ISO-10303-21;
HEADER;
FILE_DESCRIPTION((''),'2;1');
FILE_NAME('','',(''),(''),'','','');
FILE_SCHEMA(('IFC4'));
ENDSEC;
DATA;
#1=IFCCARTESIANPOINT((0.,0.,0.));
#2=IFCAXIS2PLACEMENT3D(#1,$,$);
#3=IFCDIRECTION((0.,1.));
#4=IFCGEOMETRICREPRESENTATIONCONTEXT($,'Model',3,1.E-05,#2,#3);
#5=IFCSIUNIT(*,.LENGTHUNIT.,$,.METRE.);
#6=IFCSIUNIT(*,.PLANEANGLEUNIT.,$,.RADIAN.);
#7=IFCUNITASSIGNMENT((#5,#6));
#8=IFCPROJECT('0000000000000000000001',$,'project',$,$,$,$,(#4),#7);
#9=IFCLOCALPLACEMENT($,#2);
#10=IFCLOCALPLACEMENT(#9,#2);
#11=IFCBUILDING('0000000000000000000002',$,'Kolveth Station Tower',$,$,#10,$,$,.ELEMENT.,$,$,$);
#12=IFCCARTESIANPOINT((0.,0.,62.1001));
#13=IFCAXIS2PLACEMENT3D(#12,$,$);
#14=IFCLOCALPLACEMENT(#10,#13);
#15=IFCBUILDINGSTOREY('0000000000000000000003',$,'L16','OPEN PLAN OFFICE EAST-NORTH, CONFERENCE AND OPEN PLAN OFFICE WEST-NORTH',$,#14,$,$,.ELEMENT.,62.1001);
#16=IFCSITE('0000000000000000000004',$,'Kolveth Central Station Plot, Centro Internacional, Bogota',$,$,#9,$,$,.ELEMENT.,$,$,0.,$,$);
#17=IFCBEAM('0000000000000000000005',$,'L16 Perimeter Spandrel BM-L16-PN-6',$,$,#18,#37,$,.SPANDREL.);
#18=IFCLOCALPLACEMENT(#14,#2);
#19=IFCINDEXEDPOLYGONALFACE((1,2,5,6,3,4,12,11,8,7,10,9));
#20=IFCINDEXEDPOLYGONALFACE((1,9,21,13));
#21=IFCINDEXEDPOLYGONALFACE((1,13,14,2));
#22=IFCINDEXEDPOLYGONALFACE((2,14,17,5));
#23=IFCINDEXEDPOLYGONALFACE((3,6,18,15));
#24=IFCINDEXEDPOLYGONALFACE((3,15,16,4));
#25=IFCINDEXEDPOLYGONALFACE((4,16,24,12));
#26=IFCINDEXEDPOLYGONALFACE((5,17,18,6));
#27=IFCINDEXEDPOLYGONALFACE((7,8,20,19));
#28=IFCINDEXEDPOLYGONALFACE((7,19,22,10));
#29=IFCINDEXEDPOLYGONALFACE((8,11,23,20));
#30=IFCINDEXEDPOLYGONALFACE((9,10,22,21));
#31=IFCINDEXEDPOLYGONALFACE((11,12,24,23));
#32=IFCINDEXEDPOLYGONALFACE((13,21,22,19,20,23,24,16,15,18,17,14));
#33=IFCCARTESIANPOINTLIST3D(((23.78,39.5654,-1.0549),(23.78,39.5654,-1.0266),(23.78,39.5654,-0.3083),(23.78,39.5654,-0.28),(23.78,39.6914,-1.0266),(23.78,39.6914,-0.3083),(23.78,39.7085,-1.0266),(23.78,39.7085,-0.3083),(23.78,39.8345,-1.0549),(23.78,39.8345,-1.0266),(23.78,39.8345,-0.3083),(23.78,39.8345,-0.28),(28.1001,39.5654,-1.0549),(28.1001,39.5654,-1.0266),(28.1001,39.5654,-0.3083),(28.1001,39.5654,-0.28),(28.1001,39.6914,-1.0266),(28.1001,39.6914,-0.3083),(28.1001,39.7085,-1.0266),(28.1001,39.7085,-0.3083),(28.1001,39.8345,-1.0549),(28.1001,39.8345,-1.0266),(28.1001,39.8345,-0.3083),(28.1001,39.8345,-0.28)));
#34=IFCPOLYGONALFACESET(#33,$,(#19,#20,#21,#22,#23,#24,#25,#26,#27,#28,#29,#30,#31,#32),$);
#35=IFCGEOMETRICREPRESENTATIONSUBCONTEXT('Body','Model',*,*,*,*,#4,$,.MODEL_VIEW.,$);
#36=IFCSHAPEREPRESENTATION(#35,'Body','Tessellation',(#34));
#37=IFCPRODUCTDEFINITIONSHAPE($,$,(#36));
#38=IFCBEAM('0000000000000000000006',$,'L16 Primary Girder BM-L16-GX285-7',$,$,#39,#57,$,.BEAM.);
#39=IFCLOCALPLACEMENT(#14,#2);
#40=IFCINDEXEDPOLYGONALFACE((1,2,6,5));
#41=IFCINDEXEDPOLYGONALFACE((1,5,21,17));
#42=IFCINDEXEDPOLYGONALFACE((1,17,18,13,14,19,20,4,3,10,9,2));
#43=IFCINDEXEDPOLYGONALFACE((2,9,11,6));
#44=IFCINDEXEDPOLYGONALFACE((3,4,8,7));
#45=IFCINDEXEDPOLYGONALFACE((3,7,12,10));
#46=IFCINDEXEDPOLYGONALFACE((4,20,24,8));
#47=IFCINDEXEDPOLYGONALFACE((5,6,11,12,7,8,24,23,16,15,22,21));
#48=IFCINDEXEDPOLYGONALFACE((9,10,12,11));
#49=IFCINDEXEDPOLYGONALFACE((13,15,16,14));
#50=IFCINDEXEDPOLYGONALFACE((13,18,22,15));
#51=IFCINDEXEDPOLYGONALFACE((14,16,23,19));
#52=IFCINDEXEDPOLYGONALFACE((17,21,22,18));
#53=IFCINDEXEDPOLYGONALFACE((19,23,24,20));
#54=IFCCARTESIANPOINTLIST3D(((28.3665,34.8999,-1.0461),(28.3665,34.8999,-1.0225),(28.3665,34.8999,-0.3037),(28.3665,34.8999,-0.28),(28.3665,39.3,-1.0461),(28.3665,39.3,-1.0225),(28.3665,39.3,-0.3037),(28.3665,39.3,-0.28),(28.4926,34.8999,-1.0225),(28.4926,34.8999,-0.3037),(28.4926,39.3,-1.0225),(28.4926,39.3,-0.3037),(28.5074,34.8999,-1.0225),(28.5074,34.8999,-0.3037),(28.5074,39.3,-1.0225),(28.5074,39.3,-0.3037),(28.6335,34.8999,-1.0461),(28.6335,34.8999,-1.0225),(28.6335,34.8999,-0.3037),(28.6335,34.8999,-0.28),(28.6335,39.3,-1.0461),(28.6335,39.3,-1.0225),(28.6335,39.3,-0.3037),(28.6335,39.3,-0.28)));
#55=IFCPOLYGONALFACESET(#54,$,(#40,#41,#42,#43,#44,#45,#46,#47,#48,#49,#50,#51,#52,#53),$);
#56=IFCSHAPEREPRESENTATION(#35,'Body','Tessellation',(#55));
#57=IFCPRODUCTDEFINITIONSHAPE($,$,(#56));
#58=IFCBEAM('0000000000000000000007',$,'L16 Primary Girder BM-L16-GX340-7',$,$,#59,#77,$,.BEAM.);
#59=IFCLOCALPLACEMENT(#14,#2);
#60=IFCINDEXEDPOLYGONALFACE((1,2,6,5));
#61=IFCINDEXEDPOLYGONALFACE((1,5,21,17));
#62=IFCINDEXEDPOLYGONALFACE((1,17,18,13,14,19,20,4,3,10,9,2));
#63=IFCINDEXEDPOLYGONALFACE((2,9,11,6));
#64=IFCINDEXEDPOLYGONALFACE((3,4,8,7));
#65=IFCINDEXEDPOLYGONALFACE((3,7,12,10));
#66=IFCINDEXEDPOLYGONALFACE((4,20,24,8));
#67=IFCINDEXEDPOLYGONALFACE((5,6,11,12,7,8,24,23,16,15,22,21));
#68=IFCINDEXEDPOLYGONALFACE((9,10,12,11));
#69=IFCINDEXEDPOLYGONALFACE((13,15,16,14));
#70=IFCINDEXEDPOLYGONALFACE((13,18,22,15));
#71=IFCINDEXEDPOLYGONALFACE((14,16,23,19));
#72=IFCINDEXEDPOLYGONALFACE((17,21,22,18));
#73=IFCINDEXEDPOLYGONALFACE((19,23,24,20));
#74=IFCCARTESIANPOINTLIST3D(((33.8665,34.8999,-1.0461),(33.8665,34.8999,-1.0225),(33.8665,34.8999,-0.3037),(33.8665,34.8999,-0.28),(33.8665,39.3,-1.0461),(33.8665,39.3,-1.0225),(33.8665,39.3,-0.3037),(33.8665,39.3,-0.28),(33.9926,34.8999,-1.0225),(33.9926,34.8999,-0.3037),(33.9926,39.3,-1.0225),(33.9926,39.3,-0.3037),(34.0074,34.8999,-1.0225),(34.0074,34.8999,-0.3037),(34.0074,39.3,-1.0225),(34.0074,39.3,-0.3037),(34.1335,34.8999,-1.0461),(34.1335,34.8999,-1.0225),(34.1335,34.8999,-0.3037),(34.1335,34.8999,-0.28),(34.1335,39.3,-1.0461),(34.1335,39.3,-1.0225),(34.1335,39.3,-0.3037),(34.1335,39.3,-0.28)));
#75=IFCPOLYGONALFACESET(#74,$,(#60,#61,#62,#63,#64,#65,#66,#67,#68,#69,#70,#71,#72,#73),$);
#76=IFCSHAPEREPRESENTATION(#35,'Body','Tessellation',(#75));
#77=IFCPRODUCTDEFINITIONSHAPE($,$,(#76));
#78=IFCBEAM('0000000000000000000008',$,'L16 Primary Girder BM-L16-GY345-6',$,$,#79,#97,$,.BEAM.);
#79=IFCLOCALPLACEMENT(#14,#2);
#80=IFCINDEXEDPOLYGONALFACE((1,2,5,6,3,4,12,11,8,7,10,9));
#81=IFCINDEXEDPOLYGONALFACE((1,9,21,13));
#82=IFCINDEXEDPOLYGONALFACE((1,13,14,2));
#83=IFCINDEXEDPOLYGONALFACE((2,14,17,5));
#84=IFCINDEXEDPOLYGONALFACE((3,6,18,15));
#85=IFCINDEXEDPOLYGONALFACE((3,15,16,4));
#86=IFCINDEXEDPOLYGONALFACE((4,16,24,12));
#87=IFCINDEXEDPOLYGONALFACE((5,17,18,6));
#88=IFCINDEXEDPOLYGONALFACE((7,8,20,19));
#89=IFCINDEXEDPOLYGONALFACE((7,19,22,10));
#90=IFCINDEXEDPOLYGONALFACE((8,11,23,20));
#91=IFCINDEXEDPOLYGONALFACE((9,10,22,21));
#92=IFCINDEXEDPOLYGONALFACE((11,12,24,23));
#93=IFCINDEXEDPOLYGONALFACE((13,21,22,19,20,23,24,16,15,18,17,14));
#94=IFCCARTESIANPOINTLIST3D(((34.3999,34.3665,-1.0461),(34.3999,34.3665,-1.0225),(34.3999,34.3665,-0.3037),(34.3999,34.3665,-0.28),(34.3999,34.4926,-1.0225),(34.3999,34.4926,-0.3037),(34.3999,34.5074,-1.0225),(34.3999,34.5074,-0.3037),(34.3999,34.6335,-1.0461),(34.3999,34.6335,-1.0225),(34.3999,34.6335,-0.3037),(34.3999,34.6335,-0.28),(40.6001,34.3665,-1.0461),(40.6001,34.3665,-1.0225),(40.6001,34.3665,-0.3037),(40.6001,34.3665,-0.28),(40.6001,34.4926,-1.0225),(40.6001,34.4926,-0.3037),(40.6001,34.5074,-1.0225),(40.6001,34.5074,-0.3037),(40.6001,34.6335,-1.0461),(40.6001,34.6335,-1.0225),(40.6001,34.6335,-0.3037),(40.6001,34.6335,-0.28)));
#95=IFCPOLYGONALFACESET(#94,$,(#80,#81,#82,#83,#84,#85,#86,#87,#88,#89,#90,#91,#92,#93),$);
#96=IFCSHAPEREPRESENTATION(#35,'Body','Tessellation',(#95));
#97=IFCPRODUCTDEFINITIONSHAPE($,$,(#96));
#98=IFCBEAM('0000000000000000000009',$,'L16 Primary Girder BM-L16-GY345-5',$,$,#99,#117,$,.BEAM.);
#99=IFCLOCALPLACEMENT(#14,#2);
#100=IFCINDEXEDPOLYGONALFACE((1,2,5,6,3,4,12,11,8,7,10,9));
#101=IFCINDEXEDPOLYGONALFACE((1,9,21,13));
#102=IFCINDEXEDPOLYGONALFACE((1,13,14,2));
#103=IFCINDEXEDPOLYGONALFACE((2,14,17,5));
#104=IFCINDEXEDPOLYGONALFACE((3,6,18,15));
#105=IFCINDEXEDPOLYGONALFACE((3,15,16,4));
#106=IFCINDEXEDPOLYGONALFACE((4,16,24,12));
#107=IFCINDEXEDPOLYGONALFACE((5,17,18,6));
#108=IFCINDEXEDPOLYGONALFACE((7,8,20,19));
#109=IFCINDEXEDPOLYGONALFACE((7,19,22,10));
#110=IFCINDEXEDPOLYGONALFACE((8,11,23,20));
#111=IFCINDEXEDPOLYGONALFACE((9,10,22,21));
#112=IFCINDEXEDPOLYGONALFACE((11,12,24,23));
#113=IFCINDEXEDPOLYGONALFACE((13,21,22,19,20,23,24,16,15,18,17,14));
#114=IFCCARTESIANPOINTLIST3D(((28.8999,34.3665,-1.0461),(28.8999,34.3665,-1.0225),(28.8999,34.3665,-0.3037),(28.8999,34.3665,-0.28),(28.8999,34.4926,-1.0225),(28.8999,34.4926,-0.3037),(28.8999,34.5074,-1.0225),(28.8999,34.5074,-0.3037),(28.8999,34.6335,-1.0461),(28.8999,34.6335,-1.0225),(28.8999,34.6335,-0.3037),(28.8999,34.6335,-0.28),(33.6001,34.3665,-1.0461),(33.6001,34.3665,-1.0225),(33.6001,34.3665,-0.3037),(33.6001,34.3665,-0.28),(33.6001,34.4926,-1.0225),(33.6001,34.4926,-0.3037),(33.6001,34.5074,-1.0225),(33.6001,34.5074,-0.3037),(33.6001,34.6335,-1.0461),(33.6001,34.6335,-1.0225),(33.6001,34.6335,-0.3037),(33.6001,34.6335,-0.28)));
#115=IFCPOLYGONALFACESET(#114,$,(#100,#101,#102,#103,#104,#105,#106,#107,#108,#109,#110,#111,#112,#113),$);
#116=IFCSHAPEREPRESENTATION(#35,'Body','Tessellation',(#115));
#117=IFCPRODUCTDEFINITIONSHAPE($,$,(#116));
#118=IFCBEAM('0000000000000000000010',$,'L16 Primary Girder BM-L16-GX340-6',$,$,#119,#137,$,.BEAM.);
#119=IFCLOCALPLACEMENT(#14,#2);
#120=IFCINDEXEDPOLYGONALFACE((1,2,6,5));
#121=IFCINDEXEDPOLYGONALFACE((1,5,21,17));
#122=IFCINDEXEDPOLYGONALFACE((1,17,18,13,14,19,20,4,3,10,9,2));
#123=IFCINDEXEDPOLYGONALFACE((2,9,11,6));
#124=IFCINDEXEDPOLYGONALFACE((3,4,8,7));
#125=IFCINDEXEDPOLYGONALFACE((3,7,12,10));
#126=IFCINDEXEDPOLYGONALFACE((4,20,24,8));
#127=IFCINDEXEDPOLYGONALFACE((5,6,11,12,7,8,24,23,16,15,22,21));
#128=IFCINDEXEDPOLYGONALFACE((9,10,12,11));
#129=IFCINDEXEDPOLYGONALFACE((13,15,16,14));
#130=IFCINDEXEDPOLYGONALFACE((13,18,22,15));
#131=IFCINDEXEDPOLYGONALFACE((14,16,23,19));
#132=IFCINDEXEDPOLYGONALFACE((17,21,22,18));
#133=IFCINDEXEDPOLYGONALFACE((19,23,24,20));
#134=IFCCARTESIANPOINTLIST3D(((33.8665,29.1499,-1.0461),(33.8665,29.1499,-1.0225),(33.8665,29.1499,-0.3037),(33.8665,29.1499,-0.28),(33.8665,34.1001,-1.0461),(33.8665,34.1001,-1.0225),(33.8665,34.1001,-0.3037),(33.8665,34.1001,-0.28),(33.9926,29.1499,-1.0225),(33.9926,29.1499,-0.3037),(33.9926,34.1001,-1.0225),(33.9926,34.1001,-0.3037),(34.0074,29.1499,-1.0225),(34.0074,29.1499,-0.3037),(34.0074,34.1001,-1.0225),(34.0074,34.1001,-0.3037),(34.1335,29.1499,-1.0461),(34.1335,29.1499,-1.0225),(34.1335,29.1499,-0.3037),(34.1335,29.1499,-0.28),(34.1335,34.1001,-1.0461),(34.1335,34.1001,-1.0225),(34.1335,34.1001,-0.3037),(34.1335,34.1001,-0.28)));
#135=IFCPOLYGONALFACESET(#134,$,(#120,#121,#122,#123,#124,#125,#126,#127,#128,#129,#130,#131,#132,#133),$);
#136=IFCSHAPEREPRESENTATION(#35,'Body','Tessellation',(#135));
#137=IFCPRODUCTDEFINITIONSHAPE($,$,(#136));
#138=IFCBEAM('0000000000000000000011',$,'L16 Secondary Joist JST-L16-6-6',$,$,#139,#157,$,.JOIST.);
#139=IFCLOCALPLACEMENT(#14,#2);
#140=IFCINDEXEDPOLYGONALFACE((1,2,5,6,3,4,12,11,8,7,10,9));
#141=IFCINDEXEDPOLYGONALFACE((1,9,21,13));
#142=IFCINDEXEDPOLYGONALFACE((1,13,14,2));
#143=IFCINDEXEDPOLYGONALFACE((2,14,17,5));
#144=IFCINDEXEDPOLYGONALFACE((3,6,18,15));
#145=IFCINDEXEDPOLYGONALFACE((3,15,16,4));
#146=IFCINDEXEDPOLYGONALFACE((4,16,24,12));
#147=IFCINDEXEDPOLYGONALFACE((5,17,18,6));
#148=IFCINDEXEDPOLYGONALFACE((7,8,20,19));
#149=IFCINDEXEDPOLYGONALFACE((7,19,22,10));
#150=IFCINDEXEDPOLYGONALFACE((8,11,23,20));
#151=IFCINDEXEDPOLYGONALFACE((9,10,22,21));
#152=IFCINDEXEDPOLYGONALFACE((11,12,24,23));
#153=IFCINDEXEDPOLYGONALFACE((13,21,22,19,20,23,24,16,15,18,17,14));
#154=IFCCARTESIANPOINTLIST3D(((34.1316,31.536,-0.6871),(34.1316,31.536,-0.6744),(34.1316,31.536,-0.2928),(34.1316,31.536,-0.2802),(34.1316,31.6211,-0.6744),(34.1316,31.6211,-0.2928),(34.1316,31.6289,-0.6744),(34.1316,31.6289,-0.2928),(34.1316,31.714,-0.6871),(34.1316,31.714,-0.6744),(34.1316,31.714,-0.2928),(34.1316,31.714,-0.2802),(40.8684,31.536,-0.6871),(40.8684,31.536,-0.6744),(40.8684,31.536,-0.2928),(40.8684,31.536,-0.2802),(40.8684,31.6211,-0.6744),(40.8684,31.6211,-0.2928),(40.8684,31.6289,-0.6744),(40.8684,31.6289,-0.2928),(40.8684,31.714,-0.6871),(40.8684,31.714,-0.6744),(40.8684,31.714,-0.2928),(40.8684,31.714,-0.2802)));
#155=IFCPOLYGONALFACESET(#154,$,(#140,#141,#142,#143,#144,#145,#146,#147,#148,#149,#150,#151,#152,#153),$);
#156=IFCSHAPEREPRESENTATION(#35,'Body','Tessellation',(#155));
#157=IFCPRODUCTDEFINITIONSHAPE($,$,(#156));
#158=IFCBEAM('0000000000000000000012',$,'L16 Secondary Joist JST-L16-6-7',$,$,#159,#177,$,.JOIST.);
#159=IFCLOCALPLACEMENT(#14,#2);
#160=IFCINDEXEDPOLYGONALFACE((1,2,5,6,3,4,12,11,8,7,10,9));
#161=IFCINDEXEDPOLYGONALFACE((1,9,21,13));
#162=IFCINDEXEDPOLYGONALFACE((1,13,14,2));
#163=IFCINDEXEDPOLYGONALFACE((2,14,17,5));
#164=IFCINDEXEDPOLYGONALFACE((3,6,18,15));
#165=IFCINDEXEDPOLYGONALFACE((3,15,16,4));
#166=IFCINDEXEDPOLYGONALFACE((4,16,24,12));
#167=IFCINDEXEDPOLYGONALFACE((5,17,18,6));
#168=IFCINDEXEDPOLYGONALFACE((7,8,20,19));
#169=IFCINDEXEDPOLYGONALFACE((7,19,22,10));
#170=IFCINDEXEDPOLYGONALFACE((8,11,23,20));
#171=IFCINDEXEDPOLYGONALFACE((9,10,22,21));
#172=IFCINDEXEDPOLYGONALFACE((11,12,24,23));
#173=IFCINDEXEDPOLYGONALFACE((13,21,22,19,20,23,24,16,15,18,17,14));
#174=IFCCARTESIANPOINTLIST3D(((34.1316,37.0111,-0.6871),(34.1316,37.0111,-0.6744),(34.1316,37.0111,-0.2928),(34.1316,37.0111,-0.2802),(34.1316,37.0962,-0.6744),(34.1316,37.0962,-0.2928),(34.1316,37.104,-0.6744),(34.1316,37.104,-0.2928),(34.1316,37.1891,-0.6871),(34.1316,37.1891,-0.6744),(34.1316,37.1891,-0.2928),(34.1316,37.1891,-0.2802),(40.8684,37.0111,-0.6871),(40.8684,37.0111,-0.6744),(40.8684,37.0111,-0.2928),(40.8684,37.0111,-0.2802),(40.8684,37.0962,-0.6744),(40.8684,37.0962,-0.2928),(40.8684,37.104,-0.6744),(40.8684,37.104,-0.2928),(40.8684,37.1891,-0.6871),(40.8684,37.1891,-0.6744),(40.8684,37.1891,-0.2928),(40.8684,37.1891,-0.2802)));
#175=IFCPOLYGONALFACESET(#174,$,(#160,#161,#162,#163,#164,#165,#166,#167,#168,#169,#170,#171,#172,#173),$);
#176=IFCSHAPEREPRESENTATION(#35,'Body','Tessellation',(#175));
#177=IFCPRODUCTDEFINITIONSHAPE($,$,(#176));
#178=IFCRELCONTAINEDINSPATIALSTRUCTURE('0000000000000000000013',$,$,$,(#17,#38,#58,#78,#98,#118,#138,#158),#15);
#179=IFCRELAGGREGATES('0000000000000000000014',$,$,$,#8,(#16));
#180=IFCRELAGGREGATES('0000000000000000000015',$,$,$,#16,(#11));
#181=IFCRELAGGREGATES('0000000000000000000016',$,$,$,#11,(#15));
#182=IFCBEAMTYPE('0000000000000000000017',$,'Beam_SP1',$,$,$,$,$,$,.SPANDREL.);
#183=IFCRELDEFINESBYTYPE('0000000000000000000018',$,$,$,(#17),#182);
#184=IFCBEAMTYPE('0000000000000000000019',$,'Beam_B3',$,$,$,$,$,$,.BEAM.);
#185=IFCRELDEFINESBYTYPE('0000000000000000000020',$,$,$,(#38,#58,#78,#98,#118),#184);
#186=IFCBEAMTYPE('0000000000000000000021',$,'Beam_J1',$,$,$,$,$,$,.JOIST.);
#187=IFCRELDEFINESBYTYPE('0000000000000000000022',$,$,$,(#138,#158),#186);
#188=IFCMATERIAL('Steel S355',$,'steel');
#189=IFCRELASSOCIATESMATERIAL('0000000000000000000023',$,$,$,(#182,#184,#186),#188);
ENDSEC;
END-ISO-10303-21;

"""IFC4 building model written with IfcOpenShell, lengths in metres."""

from ifc_helpers import new_model, si_unit, direction, frame, origin, origin_2d, place, context, subcontext, project, spatial, i_section, extrude, source, transform, mapped, material, material_profile, profile_set, type_object, element, save


model = new_model("IFC4")

# Units and contexts
model_context = context("Model", 3, precision=1e-05, world=origin(), true_north=direction((0.0, 1.0)))
body_context = subcontext(model_context, "Body", "Model", "MODEL_VIEW")
ifc_project = project(units=[si_unit("LENGTHUNIT", "METRE"), si_unit("PLANEANGLEUNIT", "RADIAN")], contexts=[model_context])

# Site, building, storey
site_placement = place(None, origin())
site = spatial("IfcSite", under=ifc_project, at=site_placement, Name="Kolveth Central Station Plot, Centro Internacional, Bogota", CompositionType="ELEMENT", RefElevation=0.0)
building_placement = place(site_placement, origin())
building = spatial("IfcBuilding", under=site, at=building_placement, Name="Kolveth Station Tower", CompositionType="ELEMENT")
storey_placement = place(building_placement, frame((0.0, 0.0, 62.1001)))
storey = spatial("IfcBuildingStorey", under=building, at=storey_placement, Name="L16", Description="OPEN PLAN OFFICE EAST-NORTH, CONFERENCE AND OPEN PLAN OFFICE WEST-NORTH", CompositionType="ELEMENT", Elevation=62.1001)

# Shared definitions
ifc_material_1 = material(Name="Steel S355", Category="steel")

# Beams
ifc_material_profile_1 = material_profile(ifc_material_1, i_section(OverallWidth=0.269, OverallDepth=0.7749, WebThickness=0.0171, FlangeThickness=0.0283, at=origin_2d()), Name="W760x220")
ifc_profile_set_1 = profile_set([ifc_material_profile_1], Name="Steel S355")
beam_type_1 = type_object("IfcBeamType", Name="Beam_SP1", PredefinedType="SPANDREL", material=ifc_profile_set_1)
shared_shape_1 = source(origin(), body_context, "Body", "SweptSolid", [
    extrude(i_section(OverallWidth=0.269, OverallDepth=0.7749, WebThickness=0.0171, FlangeThickness=0.0283, at=origin_2d()), origin(), (0.0, 0.0, 1.0), 4.3201),
])
beam_1_placement = place(storey_placement, frame((23.78, 39.7, -0.6675), z_axis=(1.0, 0.0, 0.0), x_axis=(0.0, 1.0, 0.0)))
element("IfcBeam", 1, at=beam_1_placement, inside=storey, type_object=beam_type_1, Name="L16 Perimeter Spandrel BM-L16-PN-6", PredefinedType="SPANDREL", context=body_context, shape_type="MappedRepresentation", body=[
    mapped(shared_shape_1, transform((0.0, 0.0, 0.0), x_axis=(1.0, 0.0, 0.0), y_axis=(0.0, 1.0, 0.0), z_axis=(0.0, 0.0, 1.0), scale=1.0)),
])
ifc_material_profile_2 = material_profile(ifc_material_1, i_section(OverallWidth=0.2671, OverallDepth=0.7661, WebThickness=0.0149, FlangeThickness=0.0237, at=origin_2d()), Name="W760x185")
ifc_profile_set_2 = profile_set([ifc_material_profile_2], Name="Steel S355")
beam_type_2 = type_object("IfcBeamType", Name="Beam_B3", PredefinedType="BEAM", material=ifc_profile_set_2)
shared_shape_2 = source(origin(), body_context, "Body", "SweptSolid", [
    extrude(i_section(OverallWidth=0.2671, OverallDepth=0.7661, WebThickness=0.0149, FlangeThickness=0.0237, at=origin_2d()), origin(), (0.0, 0.0, 1.0), 4.4001),
])
for number, where, z_axis, x_axis, name in (
    (2, (28.5, 34.8999, -0.6631), (0.0, 1.0, 0.0), (-1.0, 0.0, 0.0), "L16 Primary Girder BM-L16-GX285-7"),
    (3, (34.0, 34.8999, -0.6631), (0.0, 1.0, 0.0), (-1.0, 0.0, 0.0), "L16 Primary Girder BM-L16-GX340-7"),
):
    element("IfcBeam", number, at=place(storey_placement, frame(where, z_axis=z_axis, x_axis=x_axis)), inside=storey, type_object=beam_type_2, Name=name, PredefinedType="BEAM", context=body_context, shape_type="MappedRepresentation", body=[
        mapped(shared_shape_2, transform((0.0, 0.0, 0.0), x_axis=(1.0, 0.0, 0.0), y_axis=(0.0, 1.0, 0.0), z_axis=(0.0, 0.0, 1.0), scale=1.0)),
    ])
shared_shape_3 = source(origin(), body_context, "Body", "SweptSolid", [
    extrude(i_section(OverallWidth=0.2671, OverallDepth=0.7661, WebThickness=0.0149, FlangeThickness=0.0237, at=origin_2d()), origin(), (0.0, 0.0, 1.0), 6.2002),
])
beam_2_placement = place(storey_placement, frame((34.3999, 34.5, -0.6631), z_axis=(1.0, 0.0, 0.0), x_axis=(0.0, 1.0, 0.0)))
element("IfcBeam", 4, at=beam_2_placement, inside=storey, type_object=beam_type_2, Name="L16 Primary Girder BM-L16-GY345-6", PredefinedType="BEAM", context=body_context, shape_type="MappedRepresentation", body=[
    mapped(shared_shape_3, transform((0.0, 0.0, 0.0), x_axis=(1.0, 0.0, 0.0), y_axis=(0.0, 1.0, 0.0), z_axis=(0.0, 0.0, 1.0), scale=1.0)),
])
shared_shape_4 = source(origin(), body_context, "Body", "SweptSolid", [
    extrude(i_section(OverallWidth=0.2671, OverallDepth=0.7661, WebThickness=0.0149, FlangeThickness=0.0237, at=origin_2d()), origin(), (0.0, 0.0, 1.0), 4.7002),
])
beam_3_placement = place(storey_placement, frame((28.8999, 34.5, -0.6631), z_axis=(1.0, 0.0, 0.0), x_axis=(0.0, 1.0, 0.0)))
element("IfcBeam", 5, at=beam_3_placement, inside=storey, type_object=beam_type_2, Name="L16 Primary Girder BM-L16-GY345-5", PredefinedType="BEAM", context=body_context, shape_type="MappedRepresentation", body=[
    mapped(shared_shape_4, transform((0.0, 0.0, 0.0), x_axis=(1.0, 0.0, 0.0), y_axis=(0.0, 1.0, 0.0), z_axis=(0.0, 0.0, 1.0), scale=1.0)),
])
shared_shape_5 = source(origin(), body_context, "Body", "SweptSolid", [
    extrude(i_section(OverallWidth=0.2671, OverallDepth=0.7661, WebThickness=0.0149, FlangeThickness=0.0237, at=origin_2d()), origin(), (0.0, 0.0, 1.0), 4.9502),
])
beam_4_placement = place(storey_placement, frame((34.0, 29.1499, -0.6631), z_axis=(0.0, 1.0, 0.0), x_axis=(-1.0, 0.0, 0.0)))
element("IfcBeam", 6, at=beam_4_placement, inside=storey, type_object=beam_type_2, Name="L16 Primary Girder BM-L16-GX340-6", PredefinedType="BEAM", context=body_context, shape_type="MappedRepresentation", body=[
    mapped(shared_shape_5, transform((0.0, 0.0, 0.0), x_axis=(1.0, 0.0, 0.0), y_axis=(0.0, 1.0, 0.0), z_axis=(0.0, 0.0, 1.0), scale=1.0)),
])
ifc_material_profile_3 = material_profile(ifc_material_1, i_section(OverallWidth=0.178, OverallDepth=0.407, WebThickness=0.0078, FlangeThickness=0.0127, at=origin_2d()), Name="W410x60")
ifc_profile_set_3 = profile_set([ifc_material_profile_3], Name="Steel S355")
beam_type_3 = type_object("IfcBeamType", Name="Beam_J1", PredefinedType="JOIST", material=ifc_profile_set_3)
shared_shape_6 = source(origin(), body_context, "Body", "SweptSolid", [
    extrude(i_section(OverallWidth=0.178, OverallDepth=0.407, WebThickness=0.0078, FlangeThickness=0.0127, at=origin_2d()), origin(), (0.0, 0.0, 1.0), 6.7368),
])
for number, where, z_axis, x_axis, name in (
    (7, (34.1316, 31.625, -0.4836), (1.0, 0.0, 0.0), (0.0, 1.0, 0.0), "L16 Secondary Joist JST-L16-6-6"),
    (8, (34.1316, 37.1001, -0.4836), (1.0, 0.0, 0.0), (0.0, 1.0, 0.0), "L16 Secondary Joist JST-L16-6-7"),
):
    element("IfcBeam", number, at=place(storey_placement, frame(where, z_axis=z_axis, x_axis=x_axis)), inside=storey, type_object=beam_type_3, Name=name, PredefinedType="JOIST", context=body_context, shape_type="MappedRepresentation", body=[
        mapped(shared_shape_6, transform((0.0, 0.0, 0.0), x_axis=(1.0, 0.0, 0.0), y_axis=(0.0, 1.0, 0.0), z_axis=(0.0, 0.0, 1.0), scale=1.0)),
    ])

save(model, "model.ifc")
